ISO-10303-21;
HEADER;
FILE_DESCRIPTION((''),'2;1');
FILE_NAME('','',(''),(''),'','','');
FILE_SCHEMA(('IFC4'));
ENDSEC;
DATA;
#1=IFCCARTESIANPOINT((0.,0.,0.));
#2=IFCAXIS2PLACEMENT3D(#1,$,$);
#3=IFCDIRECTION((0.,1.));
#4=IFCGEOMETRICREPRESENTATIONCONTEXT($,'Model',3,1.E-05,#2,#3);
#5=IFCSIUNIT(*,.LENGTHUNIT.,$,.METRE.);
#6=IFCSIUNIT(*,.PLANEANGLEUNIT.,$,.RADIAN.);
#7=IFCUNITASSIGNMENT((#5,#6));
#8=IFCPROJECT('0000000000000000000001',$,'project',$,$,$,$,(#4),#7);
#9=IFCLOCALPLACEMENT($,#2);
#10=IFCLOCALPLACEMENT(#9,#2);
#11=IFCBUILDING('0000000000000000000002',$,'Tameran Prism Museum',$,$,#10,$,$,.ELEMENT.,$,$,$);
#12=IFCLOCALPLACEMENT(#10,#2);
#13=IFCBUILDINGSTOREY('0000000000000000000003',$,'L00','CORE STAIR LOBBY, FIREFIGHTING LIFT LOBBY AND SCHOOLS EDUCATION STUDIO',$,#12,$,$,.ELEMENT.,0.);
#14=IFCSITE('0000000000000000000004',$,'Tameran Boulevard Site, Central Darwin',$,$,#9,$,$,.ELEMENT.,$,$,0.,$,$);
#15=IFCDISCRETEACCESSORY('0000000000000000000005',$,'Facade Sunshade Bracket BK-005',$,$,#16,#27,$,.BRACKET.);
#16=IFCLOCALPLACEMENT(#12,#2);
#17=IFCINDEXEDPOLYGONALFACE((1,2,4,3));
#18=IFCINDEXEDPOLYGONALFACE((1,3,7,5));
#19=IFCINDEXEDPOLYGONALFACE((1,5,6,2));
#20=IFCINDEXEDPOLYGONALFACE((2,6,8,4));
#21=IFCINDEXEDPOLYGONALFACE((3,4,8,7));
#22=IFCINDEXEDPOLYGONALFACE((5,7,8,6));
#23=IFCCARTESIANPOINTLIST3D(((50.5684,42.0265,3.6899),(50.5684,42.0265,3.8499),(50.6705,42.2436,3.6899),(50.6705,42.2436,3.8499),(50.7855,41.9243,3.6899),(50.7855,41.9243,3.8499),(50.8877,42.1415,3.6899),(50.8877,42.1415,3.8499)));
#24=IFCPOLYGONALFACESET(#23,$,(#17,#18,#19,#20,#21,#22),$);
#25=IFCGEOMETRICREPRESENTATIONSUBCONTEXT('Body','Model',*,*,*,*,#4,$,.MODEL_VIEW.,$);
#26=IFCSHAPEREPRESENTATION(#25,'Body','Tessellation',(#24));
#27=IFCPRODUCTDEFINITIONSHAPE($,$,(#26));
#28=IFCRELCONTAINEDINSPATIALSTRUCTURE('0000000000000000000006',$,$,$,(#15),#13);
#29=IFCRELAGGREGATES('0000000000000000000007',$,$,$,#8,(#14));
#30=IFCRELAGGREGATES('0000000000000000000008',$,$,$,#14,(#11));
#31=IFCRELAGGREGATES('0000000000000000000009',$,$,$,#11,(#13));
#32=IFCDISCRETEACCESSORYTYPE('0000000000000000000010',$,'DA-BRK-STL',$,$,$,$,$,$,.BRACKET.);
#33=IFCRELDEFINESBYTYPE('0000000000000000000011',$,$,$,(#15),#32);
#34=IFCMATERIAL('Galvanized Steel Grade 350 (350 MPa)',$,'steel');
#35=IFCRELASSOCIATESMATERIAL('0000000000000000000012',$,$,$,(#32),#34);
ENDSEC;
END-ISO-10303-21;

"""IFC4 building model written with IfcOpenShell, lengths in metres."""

from ifc_helpers import new_model, si_unit, direction, frame, origin, origin_2d, place, context, subcontext, project, spatial, rectangle, extrude, material, type_object, element, save


model = new_model("IFC4")

# Units and contexts
model_context = context("Model", 3, precision=1e-05, world=origin(), true_north=direction((0.0, 1.0)))
body_context = subcontext(model_context, "Body", "Model", "MODEL_VIEW")
ifc_project = project(units=[si_unit("LENGTHUNIT", "METRE"), si_unit("PLANEANGLEUNIT", "RADIAN")], contexts=[model_context])

# Site, building, storey
site_placement = place(None, origin())
site = spatial("IfcSite", under=ifc_project, at=site_placement, Name="Tameran Boulevard Site, Central Darwin", CompositionType="ELEMENT", RefElevation=0.0)
building_placement = place(site_placement, origin())
building = spatial("IfcBuilding", under=site, at=building_placement, Name="Tameran Prism Museum", CompositionType="ELEMENT")
storey_placement = place(building_placement, origin())
storey = spatial("IfcBuildingStorey", under=building, at=storey_placement, Name="L00", Description="CORE STAIR LOBBY, FIREFIGHTING LIFT LOBBY AND SCHOOLS EDUCATION STUDIO", CompositionType="ELEMENT", Elevation=0.0)

# Discrete accessory
ifc_material_1 = material(Name="Galvanized Steel Grade 350 (350 MPa)", Category="steel")
discrete_accessory_type = type_object("IfcDiscreteAccessoryType", Name="DA-BRK-STL", PredefinedType="BRACKET", material=ifc_material_1)
discrete_accessory_placement = place(storey_placement, frame((50.728, 42.084, 3.6899), z_axis=(0.0, 0.0, 1.0), x_axis=(0.425621, 0.904901, 0.0)))
element("IfcDiscreteAccessory", 1, at=discrete_accessory_placement, inside=storey, type_object=discrete_accessory_type, Name="Facade Sunshade Bracket BK-005", PredefinedType="BRACKET", context=body_context, shape_type="SweptSolid", body=[
    extrude(rectangle(XDim=0.24, YDim=0.24, at=origin_2d()), origin(), (0.0, 0.0, 1.0), 0.1599),
])

save(model, "model.ifc")
